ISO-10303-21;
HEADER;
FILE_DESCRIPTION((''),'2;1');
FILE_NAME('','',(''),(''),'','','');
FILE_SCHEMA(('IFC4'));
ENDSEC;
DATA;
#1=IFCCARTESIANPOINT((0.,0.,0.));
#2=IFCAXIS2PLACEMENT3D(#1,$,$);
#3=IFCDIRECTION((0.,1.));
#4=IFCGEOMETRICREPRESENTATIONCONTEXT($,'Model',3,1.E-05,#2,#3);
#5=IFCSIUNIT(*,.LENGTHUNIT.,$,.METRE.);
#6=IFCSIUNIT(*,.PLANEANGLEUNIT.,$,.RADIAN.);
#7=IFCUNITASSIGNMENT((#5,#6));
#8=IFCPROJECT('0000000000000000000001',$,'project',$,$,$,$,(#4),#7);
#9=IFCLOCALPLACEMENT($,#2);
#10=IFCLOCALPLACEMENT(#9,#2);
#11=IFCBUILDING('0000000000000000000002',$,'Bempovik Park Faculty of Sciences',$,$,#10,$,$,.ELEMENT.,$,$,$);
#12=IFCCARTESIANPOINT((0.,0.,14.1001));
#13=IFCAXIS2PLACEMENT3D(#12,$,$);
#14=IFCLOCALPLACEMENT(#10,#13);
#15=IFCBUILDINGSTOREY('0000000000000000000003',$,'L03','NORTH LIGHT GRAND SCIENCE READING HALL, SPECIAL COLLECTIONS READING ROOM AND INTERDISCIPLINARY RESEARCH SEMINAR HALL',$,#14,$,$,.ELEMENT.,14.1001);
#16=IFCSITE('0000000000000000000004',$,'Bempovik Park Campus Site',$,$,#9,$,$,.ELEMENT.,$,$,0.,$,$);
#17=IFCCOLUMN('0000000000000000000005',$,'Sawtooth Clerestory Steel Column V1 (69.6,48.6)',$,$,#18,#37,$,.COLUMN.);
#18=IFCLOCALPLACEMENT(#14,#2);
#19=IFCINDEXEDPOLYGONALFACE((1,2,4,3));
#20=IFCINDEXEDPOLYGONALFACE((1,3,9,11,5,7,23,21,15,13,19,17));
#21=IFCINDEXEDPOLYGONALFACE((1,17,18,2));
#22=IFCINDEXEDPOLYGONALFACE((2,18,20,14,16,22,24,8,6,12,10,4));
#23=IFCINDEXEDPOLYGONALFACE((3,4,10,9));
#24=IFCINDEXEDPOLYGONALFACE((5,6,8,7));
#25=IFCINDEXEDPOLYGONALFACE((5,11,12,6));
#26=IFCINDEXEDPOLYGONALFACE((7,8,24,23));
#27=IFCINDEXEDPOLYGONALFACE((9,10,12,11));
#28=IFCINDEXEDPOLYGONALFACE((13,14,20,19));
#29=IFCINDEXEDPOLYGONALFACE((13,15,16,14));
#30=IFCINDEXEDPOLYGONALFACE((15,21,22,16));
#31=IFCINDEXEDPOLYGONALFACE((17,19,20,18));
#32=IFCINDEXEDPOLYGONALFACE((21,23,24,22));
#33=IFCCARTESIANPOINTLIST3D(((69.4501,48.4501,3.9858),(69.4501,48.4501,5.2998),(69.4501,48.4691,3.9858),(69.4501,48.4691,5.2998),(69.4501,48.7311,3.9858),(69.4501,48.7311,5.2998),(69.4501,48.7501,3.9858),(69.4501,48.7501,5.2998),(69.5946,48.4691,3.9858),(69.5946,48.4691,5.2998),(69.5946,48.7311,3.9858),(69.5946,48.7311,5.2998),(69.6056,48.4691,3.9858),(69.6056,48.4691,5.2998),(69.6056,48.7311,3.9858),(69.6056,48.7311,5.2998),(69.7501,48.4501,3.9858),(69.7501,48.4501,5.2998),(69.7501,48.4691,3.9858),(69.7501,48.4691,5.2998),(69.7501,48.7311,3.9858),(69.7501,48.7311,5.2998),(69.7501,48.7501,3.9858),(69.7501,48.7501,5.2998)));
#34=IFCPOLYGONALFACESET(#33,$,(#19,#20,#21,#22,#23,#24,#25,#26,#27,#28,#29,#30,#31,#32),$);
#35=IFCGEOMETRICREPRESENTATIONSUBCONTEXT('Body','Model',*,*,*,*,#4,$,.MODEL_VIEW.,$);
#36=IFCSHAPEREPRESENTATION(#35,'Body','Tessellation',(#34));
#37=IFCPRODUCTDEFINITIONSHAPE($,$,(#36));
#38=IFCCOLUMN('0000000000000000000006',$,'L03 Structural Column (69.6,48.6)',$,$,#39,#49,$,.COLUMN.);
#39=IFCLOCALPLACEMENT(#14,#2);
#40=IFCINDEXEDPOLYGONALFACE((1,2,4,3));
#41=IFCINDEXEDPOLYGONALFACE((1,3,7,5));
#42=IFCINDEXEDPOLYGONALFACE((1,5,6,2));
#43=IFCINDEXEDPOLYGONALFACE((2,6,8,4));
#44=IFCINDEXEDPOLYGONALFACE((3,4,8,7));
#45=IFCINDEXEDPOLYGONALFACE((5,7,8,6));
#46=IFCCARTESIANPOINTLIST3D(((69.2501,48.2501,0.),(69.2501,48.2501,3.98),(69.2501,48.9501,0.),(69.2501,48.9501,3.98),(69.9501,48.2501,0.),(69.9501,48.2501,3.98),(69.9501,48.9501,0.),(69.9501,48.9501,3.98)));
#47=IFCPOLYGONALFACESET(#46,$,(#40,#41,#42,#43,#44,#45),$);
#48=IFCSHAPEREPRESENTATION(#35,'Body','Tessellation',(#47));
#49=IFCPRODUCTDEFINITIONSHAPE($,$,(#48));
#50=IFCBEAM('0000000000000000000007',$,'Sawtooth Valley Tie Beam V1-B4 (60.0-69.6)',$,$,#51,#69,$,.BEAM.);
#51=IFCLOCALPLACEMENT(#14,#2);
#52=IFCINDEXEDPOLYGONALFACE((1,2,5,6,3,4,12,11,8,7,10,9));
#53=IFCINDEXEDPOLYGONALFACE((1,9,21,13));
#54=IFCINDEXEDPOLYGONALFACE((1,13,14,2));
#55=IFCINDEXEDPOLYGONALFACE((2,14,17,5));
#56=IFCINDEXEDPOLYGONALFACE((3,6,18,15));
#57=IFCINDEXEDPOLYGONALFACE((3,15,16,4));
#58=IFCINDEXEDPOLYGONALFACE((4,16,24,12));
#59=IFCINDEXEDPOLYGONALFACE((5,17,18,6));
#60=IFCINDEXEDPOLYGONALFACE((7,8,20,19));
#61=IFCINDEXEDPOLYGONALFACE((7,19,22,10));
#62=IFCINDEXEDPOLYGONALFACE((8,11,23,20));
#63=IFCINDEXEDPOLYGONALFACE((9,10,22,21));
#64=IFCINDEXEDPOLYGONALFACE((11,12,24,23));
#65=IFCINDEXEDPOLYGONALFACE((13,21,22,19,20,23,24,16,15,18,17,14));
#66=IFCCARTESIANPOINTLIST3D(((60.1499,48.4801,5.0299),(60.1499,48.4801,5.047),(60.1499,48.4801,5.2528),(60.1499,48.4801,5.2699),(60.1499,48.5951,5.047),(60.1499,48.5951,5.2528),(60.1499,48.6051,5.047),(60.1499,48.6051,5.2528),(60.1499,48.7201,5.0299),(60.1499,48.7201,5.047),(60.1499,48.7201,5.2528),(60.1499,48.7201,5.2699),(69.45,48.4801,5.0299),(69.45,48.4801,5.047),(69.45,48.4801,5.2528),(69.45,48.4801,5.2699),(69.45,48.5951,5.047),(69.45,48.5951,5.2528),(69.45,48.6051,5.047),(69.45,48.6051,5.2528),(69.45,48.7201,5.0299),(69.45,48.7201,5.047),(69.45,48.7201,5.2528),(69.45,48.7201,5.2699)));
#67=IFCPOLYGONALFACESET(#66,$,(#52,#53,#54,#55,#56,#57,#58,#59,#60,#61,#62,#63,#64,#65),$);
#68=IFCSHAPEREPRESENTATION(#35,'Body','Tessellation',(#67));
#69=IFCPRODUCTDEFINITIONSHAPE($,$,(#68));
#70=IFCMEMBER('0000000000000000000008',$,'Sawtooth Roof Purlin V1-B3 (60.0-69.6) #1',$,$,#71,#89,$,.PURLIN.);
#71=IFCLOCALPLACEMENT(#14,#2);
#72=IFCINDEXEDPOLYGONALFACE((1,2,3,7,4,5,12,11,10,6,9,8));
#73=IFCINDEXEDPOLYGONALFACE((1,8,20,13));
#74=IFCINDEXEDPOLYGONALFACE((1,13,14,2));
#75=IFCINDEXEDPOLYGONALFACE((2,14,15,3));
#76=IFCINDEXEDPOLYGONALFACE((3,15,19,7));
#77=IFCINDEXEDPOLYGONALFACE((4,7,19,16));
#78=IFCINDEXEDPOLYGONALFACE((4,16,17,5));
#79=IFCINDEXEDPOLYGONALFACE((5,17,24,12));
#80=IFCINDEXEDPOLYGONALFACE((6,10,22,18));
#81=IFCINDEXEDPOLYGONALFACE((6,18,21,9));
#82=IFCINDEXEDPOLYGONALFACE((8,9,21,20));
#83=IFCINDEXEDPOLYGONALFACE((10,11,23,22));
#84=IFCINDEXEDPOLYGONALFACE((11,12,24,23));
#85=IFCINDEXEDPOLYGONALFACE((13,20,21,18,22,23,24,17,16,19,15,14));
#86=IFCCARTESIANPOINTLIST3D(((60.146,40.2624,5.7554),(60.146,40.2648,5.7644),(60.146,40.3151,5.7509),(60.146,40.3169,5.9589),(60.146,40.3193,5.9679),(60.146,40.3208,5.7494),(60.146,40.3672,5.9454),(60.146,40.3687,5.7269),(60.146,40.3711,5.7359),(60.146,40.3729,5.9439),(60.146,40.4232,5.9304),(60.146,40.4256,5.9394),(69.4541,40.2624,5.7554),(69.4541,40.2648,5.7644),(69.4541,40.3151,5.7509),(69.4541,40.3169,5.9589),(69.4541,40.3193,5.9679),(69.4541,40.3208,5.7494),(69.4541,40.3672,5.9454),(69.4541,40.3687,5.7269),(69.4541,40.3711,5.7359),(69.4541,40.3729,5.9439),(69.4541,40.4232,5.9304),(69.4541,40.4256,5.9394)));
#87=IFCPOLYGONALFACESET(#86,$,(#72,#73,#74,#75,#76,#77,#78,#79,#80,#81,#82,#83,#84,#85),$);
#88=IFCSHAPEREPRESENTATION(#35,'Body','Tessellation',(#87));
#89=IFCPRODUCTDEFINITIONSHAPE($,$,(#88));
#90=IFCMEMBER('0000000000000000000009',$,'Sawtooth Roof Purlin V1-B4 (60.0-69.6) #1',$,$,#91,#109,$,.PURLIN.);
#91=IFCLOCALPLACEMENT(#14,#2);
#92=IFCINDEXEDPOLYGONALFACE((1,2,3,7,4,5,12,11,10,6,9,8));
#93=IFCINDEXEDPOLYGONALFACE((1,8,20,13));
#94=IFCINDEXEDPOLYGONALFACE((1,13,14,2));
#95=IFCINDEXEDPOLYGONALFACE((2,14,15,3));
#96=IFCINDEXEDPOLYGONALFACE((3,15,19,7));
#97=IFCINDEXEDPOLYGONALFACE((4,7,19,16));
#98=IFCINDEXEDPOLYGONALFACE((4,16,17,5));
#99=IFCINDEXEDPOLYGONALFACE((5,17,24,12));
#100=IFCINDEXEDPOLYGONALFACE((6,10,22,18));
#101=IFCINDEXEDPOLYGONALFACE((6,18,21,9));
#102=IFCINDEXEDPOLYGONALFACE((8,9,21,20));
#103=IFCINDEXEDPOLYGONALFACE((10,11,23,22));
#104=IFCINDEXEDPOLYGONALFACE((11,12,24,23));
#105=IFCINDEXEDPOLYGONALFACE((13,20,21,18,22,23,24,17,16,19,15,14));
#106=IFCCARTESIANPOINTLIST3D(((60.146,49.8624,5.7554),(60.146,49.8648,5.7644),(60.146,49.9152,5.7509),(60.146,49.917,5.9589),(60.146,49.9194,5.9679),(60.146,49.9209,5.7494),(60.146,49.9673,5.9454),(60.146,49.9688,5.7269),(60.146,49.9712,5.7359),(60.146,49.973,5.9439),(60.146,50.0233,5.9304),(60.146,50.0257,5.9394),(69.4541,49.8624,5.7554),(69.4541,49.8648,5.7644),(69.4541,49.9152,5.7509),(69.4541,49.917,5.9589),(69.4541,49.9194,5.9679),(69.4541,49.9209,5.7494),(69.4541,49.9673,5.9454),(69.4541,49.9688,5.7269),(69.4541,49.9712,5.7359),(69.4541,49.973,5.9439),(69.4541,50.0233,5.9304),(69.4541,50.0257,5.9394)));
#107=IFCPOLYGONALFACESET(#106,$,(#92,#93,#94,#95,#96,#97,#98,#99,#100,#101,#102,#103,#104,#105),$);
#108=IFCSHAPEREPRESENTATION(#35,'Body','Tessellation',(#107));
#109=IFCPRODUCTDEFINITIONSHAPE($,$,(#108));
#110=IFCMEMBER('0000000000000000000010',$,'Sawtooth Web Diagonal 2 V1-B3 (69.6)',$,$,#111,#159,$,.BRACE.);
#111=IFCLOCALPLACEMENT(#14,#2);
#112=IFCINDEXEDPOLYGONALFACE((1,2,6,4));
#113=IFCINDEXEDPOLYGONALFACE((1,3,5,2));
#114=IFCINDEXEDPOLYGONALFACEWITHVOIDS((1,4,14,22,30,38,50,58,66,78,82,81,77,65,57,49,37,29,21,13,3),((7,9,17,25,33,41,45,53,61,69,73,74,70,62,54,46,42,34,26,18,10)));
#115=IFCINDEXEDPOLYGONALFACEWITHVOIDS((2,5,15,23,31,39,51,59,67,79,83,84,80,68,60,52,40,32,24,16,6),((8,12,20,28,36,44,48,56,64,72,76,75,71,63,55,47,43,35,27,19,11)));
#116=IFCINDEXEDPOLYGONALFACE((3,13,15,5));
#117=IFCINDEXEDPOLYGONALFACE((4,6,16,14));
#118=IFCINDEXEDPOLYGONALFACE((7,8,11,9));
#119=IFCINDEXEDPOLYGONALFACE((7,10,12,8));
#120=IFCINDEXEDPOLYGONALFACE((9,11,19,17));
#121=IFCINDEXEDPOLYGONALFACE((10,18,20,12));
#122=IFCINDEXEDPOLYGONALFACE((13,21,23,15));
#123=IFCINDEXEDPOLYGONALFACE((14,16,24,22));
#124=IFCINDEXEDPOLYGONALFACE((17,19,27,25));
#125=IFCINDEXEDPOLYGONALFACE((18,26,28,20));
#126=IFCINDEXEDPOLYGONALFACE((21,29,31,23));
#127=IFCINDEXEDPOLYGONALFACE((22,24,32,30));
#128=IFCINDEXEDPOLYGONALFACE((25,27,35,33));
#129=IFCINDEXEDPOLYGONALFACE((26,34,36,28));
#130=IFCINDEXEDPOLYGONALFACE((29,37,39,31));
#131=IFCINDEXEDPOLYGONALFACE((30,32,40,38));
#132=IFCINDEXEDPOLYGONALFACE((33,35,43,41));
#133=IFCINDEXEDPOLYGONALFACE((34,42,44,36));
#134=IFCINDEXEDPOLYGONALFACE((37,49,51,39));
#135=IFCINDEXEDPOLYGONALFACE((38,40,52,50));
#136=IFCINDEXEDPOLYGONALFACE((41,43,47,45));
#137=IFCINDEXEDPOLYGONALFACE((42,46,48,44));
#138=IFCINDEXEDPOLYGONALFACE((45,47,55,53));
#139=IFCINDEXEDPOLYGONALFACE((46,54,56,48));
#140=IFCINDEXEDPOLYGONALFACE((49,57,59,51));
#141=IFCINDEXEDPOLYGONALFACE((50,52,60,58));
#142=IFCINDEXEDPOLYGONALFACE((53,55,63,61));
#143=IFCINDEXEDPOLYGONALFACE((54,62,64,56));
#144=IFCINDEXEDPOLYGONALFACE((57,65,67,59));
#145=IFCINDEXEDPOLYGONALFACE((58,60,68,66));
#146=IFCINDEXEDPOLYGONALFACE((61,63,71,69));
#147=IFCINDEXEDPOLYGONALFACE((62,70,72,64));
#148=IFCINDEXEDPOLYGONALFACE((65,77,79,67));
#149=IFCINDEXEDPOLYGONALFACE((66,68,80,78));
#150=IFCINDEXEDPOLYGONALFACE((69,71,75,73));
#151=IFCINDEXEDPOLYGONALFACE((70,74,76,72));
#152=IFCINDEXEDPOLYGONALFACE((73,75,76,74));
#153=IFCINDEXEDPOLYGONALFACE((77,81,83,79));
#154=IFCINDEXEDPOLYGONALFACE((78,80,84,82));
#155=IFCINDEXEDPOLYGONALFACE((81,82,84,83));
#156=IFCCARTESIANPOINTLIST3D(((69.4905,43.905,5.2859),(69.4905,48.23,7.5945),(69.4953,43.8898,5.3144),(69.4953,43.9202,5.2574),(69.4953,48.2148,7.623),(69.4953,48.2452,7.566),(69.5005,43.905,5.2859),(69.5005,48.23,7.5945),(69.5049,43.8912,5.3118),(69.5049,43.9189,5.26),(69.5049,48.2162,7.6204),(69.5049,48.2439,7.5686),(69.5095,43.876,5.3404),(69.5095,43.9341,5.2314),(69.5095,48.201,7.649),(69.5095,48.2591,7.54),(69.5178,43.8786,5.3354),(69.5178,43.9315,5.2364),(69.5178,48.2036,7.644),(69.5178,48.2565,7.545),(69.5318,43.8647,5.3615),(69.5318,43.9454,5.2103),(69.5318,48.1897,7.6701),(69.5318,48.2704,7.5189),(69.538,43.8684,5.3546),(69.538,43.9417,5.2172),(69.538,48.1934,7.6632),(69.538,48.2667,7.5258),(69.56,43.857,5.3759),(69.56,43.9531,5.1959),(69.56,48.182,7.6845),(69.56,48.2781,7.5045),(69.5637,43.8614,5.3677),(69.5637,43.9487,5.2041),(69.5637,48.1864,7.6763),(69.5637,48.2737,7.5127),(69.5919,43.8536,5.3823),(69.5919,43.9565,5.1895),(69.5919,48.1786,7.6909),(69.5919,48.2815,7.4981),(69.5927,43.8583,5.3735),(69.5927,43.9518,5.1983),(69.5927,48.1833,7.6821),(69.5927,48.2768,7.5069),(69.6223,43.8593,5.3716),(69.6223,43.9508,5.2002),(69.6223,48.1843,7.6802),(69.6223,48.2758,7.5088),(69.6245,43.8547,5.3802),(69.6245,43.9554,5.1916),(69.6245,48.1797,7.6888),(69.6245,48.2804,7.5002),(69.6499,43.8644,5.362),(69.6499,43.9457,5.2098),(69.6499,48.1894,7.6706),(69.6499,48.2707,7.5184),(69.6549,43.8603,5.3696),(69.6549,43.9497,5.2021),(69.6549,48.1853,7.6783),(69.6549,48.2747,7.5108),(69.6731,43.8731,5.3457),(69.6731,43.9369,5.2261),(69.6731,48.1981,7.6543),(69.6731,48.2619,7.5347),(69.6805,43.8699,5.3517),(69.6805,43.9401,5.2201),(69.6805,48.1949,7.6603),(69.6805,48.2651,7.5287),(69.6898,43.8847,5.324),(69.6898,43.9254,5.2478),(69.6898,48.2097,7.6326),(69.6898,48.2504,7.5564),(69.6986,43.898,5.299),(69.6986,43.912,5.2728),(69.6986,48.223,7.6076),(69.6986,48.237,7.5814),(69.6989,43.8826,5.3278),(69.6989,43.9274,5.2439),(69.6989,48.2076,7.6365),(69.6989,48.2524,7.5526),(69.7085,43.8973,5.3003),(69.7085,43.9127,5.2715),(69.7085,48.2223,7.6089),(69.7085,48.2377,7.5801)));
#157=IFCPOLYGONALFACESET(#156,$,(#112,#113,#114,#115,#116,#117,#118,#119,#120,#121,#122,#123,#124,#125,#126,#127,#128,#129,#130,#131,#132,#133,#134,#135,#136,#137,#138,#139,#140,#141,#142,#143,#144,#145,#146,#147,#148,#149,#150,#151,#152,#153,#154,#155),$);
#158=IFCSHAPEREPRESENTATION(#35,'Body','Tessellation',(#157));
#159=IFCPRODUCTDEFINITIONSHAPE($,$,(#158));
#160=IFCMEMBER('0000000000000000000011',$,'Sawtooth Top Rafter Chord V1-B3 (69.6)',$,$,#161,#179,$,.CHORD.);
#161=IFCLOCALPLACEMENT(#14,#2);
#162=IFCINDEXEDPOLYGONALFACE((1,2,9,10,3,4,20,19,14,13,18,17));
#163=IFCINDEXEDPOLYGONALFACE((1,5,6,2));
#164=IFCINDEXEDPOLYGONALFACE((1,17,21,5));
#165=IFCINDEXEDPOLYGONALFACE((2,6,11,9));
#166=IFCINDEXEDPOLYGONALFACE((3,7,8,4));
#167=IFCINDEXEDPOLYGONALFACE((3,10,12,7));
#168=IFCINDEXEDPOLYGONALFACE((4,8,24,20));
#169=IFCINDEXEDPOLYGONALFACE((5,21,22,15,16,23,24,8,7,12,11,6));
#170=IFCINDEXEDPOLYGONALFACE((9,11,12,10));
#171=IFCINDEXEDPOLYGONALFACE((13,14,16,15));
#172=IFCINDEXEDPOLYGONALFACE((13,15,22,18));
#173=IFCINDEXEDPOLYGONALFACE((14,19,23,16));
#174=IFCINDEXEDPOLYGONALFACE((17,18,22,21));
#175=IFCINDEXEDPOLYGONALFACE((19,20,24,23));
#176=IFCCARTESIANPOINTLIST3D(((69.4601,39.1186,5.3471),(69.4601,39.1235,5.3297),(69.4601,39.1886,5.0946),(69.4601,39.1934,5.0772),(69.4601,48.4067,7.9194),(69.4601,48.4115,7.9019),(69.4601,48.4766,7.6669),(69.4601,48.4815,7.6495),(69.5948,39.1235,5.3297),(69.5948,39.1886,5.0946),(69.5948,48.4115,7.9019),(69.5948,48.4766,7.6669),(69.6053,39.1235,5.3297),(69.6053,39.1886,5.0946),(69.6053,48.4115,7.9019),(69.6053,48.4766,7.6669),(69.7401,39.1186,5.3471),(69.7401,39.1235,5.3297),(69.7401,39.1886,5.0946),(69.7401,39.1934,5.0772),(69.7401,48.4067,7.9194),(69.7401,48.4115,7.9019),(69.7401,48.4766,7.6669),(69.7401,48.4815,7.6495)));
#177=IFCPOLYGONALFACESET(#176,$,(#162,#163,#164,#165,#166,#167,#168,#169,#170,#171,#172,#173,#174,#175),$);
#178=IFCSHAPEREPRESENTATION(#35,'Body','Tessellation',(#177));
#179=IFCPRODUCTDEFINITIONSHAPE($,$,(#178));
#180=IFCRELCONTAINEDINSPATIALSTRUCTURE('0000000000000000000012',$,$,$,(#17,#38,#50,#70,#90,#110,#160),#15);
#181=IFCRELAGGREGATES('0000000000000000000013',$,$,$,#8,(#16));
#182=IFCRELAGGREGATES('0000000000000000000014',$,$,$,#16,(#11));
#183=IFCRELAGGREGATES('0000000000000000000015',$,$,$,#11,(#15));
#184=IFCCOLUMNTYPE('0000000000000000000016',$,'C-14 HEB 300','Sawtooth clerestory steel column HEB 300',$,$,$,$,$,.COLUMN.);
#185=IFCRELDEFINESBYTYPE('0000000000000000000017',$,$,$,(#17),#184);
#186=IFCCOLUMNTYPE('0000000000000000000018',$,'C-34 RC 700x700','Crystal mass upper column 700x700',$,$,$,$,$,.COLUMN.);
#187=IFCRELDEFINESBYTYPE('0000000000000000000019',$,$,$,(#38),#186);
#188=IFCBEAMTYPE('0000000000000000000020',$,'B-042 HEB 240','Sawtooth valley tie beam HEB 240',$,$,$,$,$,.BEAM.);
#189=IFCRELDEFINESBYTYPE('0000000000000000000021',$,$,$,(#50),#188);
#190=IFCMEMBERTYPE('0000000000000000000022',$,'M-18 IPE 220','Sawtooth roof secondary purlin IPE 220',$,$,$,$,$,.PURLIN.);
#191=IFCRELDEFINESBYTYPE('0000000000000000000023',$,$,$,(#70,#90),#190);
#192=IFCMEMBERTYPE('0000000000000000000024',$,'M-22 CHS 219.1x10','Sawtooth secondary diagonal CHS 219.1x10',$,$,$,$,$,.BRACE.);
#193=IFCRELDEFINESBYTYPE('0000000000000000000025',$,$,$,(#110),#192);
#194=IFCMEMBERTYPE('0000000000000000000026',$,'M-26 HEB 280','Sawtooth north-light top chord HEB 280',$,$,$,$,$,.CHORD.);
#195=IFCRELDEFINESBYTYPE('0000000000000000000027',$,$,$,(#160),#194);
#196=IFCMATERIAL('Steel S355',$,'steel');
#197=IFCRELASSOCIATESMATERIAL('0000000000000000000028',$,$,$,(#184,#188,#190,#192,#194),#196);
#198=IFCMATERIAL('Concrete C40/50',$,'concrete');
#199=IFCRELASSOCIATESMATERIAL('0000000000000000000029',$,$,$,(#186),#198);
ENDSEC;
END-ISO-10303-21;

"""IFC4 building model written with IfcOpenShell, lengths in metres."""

from ifc_helpers import new_model, si_unit, direction, frame, origin, origin_2d, place, context, subcontext, project, spatial, rectangle, hollow_circle, i_section, extrude, material, material_profile, profile_set, type_object, element, save


model = new_model("IFC4")

# Units and contexts
model_context = context("Model", 3, precision=1e-05, world=origin(), true_north=direction((0.0, 1.0)))
body_context = subcontext(model_context, "Body", "Model", "MODEL_VIEW")
ifc_project = project(units=[si_unit("LENGTHUNIT", "METRE"), si_unit("PLANEANGLEUNIT", "RADIAN")], contexts=[model_context])

# Site, building, storey
site_placement = place(None, origin())
site = spatial("IfcSite", under=ifc_project, at=site_placement, Name="Bempovik Park Campus Site", CompositionType="ELEMENT", RefElevation=0.0)
building_placement = place(site_placement, origin())
building = spatial("IfcBuilding", under=site, at=building_placement, Name="Bempovik Park Faculty of Sciences", CompositionType="ELEMENT")
storey_placement = place(building_placement, frame((0.0, 0.0, 14.1001)))
storey = spatial("IfcBuildingStorey", under=building, at=storey_placement, Name="L03", Description="NORTH LIGHT GRAND SCIENCE READING HALL, SPECIAL COLLECTIONS READING ROOM AND INTERDISCIPLINARY RESEARCH SEMINAR HALL", CompositionType="ELEMENT", Elevation=14.1001)

# Columns
ifc_material_1 = material(Name="Steel S355", Category="steel")
ifc_material_profile_1 = material_profile(ifc_material_1, i_section(OverallWidth=0.3, OverallDepth=0.3, WebThickness=0.011, FlangeThickness=0.019, at=origin_2d()), Name="HEB 300")
ifc_profile_set_1 = profile_set([ifc_material_profile_1], Name="Steel S355")
column_type_1 = type_object("IfcColumnType", Name="C-14 HEB 300", Description="Sawtooth clerestory steel column HEB 300", PredefinedType="COLUMN", material=ifc_profile_set_1)
column_1_placement = place(storey_placement, frame((69.6001, 48.6001, 3.9858), z_axis=(0.0, 0.0, 1.0), x_axis=(1.0, 0.0, 0.0)))
element("IfcColumn", 1, at=column_1_placement, inside=storey, type_object=column_type_1, Name="Sawtooth Clerestory Steel Column V1 (69.6,48.6)", PredefinedType="COLUMN", context=body_context, shape_type="SweptSolid", body=[
    extrude(i_section(OverallWidth=0.3, OverallDepth=0.3, WebThickness=0.011, FlangeThickness=0.019, at=origin_2d()), origin(), (0.0, 0.0, 1.0), 1.314),
])
ifc_material_2 = material(Name="Concrete C40/50", Category="concrete")
ifc_material_profile_2 = material_profile(ifc_material_2, rectangle(XDim=0.7, YDim=0.7, at=origin_2d()), Name="RC 700x700")
ifc_profile_set_2 = profile_set([ifc_material_profile_2], Name="Concrete C40/50")
column_type_2 = type_object("IfcColumnType", Name="C-34 RC 700x700", Description="Crystal mass upper column 700x700", PredefinedType="COLUMN", material=ifc_profile_set_2)
column_2_placement = place(storey_placement, frame((69.6001, 48.6001, 0.0), z_axis=(0.0, 0.0, 1.0), x_axis=(1.0, 0.0, 0.0)))
element("IfcColumn", 2, at=column_2_placement, inside=storey, type_object=column_type_2, Name="L03 Structural Column (69.6,48.6)", PredefinedType="COLUMN", context=body_context, shape_type="SweptSolid", body=[
    extrude(rectangle(XDim=0.7, YDim=0.7, at=origin_2d()), origin(), (0.0, 0.0, 1.0), 3.98),
])

# Beam
ifc_material_profile_3 = material_profile(ifc_material_1, i_section(OverallWidth=0.24, OverallDepth=0.24, WebThickness=0.01, FlangeThickness=0.0171, at=origin_2d()), Name="HEB 240")
ifc_profile_set_3 = profile_set([ifc_material_profile_3], Name="Steel S355")
beam_type = type_object("IfcBeamType", Name="B-042 HEB 240", Description="Sawtooth valley tie beam HEB 240", PredefinedType="BEAM", material=ifc_profile_set_3)
beam_placement = place(storey_placement, frame((60.1499, 48.6001, 5.1499), z_axis=(1.0, 0.0, 0.0), x_axis=(0.0, 1.0, 0.0)))
element("IfcBeam", 3, at=beam_placement, inside=storey, type_object=beam_type, Name="Sawtooth Valley Tie Beam V1-B4 (60.0-69.6)", PredefinedType="BEAM", context=body_context, shape_type="SweptSolid", body=[
    extrude(i_section(OverallWidth=0.24, OverallDepth=0.24, WebThickness=0.01, FlangeThickness=0.0171, at=origin_2d()), origin(), (0.0, 0.0, 1.0), 9.3),
])

# Members
ifc_material_profile_4 = material_profile(ifc_material_1, i_section(OverallWidth=0.1101, OverallDepth=0.22, WebThickness=0.0059, FlangeThickness=0.0093, at=origin_2d()), Name="IPE 220")
ifc_profile_set_4 = profile_set([ifc_material_profile_4], Name="Steel S355")
member_type_1 = type_object("IfcMemberType", Name="M-18 IPE 220", Description="Sawtooth roof secondary purlin IPE 220", PredefinedType="PURLIN", material=ifc_profile_set_4)
for number, where, z_axis, x_axis, name in (
    (4, (60.146, 40.344, 5.8474), (1.0, 0.0, 0.0), (0.0, 0.965926, -0.258819), "Sawtooth Roof Purlin V1-B3 (60.0-69.6) #1"),
    (5, (60.146, 49.9441, 5.8474), (1.0, 0.0, 0.0), (0.0, 0.965926, -0.258819), "Sawtooth Roof Purlin V1-B4 (60.0-69.6) #1"),
):
    element("IfcMember", number, at=place(storey_placement, frame(where, z_axis=z_axis, x_axis=x_axis)), inside=storey, type_object=member_type_1, Name=name, PredefinedType="PURLIN", context=body_context, shape_type="SweptSolid", body=[
        extrude(i_section(OverallWidth=0.1101, OverallDepth=0.22, WebThickness=0.0059, FlangeThickness=0.0093, at=origin_2d()), origin(), (0.0, 0.0, 1.0), 9.3081),
    ])
ifc_material_profile_5 = material_profile(ifc_material_1, hollow_circle(Radius=0.1096, WallThickness=0.01, at=origin_2d()), Name="CHS 219.1x10")
ifc_profile_set_5 = profile_set([ifc_material_profile_5], Name="Steel S355")
member_type_2 = type_object("IfcMemberType", Name="M-22 CHS 219.1x10", Description="Sawtooth secondary diagonal CHS 219.1x10", PredefinedType="BRACE", material=ifc_profile_set_5)
member_1_placement = place(storey_placement, frame((69.6001, 43.905, 5.2859), z_axis=(0.0, 0.882187, 0.470898), x_axis=(-1.0, 0.0, 0.0)))
element("IfcMember", 6, at=member_1_placement, inside=storey, type_object=member_type_2, Name="Sawtooth Web Diagonal 2 V1-B3 (69.6)", PredefinedType="BRACE", context=body_context, shape_type="SweptSolid", body=[
    extrude(hollow_circle(Radius=0.1096, WallThickness=0.01, at=origin_2d()), origin(), (0.0, 0.0, 1.0), 4.9026),
])
ifc_material_profile_6 = material_profile(ifc_material_1, i_section(OverallWidth=0.28, OverallDepth=0.28, WebThickness=0.0105, FlangeThickness=0.0181, at=origin_2d()), Name="HEB 280")
ifc_profile_set_6 = profile_set([ifc_material_profile_6], Name="Steel S355")
member_type_3 = type_object("IfcMemberType", Name="M-26 HEB 280", Description="Sawtooth north-light top chord HEB 280", PredefinedType="CHORD", material=ifc_profile_set_6)
member_2_placement = place(storey_placement, frame((69.6001, 39.156, 5.2122), z_axis=(0.0, 0.963725, 0.266896), x_axis=(-1.0, 0.0, 0.0)))
element("IfcMember", 7, at=member_2_placement, inside=storey, type_object=member_type_3, Name="Sawtooth Top Rafter Chord V1-B3 (69.6)", PredefinedType="CHORD", context=body_context, shape_type="SweptSolid", body=[
    extrude(i_section(OverallWidth=0.28, OverallDepth=0.28, WebThickness=0.0105, FlangeThickness=0.0181, at=origin_2d()), origin(), (0.0, 0.0, 1.0), 9.6377),
])

save(model, "model.ifc")
